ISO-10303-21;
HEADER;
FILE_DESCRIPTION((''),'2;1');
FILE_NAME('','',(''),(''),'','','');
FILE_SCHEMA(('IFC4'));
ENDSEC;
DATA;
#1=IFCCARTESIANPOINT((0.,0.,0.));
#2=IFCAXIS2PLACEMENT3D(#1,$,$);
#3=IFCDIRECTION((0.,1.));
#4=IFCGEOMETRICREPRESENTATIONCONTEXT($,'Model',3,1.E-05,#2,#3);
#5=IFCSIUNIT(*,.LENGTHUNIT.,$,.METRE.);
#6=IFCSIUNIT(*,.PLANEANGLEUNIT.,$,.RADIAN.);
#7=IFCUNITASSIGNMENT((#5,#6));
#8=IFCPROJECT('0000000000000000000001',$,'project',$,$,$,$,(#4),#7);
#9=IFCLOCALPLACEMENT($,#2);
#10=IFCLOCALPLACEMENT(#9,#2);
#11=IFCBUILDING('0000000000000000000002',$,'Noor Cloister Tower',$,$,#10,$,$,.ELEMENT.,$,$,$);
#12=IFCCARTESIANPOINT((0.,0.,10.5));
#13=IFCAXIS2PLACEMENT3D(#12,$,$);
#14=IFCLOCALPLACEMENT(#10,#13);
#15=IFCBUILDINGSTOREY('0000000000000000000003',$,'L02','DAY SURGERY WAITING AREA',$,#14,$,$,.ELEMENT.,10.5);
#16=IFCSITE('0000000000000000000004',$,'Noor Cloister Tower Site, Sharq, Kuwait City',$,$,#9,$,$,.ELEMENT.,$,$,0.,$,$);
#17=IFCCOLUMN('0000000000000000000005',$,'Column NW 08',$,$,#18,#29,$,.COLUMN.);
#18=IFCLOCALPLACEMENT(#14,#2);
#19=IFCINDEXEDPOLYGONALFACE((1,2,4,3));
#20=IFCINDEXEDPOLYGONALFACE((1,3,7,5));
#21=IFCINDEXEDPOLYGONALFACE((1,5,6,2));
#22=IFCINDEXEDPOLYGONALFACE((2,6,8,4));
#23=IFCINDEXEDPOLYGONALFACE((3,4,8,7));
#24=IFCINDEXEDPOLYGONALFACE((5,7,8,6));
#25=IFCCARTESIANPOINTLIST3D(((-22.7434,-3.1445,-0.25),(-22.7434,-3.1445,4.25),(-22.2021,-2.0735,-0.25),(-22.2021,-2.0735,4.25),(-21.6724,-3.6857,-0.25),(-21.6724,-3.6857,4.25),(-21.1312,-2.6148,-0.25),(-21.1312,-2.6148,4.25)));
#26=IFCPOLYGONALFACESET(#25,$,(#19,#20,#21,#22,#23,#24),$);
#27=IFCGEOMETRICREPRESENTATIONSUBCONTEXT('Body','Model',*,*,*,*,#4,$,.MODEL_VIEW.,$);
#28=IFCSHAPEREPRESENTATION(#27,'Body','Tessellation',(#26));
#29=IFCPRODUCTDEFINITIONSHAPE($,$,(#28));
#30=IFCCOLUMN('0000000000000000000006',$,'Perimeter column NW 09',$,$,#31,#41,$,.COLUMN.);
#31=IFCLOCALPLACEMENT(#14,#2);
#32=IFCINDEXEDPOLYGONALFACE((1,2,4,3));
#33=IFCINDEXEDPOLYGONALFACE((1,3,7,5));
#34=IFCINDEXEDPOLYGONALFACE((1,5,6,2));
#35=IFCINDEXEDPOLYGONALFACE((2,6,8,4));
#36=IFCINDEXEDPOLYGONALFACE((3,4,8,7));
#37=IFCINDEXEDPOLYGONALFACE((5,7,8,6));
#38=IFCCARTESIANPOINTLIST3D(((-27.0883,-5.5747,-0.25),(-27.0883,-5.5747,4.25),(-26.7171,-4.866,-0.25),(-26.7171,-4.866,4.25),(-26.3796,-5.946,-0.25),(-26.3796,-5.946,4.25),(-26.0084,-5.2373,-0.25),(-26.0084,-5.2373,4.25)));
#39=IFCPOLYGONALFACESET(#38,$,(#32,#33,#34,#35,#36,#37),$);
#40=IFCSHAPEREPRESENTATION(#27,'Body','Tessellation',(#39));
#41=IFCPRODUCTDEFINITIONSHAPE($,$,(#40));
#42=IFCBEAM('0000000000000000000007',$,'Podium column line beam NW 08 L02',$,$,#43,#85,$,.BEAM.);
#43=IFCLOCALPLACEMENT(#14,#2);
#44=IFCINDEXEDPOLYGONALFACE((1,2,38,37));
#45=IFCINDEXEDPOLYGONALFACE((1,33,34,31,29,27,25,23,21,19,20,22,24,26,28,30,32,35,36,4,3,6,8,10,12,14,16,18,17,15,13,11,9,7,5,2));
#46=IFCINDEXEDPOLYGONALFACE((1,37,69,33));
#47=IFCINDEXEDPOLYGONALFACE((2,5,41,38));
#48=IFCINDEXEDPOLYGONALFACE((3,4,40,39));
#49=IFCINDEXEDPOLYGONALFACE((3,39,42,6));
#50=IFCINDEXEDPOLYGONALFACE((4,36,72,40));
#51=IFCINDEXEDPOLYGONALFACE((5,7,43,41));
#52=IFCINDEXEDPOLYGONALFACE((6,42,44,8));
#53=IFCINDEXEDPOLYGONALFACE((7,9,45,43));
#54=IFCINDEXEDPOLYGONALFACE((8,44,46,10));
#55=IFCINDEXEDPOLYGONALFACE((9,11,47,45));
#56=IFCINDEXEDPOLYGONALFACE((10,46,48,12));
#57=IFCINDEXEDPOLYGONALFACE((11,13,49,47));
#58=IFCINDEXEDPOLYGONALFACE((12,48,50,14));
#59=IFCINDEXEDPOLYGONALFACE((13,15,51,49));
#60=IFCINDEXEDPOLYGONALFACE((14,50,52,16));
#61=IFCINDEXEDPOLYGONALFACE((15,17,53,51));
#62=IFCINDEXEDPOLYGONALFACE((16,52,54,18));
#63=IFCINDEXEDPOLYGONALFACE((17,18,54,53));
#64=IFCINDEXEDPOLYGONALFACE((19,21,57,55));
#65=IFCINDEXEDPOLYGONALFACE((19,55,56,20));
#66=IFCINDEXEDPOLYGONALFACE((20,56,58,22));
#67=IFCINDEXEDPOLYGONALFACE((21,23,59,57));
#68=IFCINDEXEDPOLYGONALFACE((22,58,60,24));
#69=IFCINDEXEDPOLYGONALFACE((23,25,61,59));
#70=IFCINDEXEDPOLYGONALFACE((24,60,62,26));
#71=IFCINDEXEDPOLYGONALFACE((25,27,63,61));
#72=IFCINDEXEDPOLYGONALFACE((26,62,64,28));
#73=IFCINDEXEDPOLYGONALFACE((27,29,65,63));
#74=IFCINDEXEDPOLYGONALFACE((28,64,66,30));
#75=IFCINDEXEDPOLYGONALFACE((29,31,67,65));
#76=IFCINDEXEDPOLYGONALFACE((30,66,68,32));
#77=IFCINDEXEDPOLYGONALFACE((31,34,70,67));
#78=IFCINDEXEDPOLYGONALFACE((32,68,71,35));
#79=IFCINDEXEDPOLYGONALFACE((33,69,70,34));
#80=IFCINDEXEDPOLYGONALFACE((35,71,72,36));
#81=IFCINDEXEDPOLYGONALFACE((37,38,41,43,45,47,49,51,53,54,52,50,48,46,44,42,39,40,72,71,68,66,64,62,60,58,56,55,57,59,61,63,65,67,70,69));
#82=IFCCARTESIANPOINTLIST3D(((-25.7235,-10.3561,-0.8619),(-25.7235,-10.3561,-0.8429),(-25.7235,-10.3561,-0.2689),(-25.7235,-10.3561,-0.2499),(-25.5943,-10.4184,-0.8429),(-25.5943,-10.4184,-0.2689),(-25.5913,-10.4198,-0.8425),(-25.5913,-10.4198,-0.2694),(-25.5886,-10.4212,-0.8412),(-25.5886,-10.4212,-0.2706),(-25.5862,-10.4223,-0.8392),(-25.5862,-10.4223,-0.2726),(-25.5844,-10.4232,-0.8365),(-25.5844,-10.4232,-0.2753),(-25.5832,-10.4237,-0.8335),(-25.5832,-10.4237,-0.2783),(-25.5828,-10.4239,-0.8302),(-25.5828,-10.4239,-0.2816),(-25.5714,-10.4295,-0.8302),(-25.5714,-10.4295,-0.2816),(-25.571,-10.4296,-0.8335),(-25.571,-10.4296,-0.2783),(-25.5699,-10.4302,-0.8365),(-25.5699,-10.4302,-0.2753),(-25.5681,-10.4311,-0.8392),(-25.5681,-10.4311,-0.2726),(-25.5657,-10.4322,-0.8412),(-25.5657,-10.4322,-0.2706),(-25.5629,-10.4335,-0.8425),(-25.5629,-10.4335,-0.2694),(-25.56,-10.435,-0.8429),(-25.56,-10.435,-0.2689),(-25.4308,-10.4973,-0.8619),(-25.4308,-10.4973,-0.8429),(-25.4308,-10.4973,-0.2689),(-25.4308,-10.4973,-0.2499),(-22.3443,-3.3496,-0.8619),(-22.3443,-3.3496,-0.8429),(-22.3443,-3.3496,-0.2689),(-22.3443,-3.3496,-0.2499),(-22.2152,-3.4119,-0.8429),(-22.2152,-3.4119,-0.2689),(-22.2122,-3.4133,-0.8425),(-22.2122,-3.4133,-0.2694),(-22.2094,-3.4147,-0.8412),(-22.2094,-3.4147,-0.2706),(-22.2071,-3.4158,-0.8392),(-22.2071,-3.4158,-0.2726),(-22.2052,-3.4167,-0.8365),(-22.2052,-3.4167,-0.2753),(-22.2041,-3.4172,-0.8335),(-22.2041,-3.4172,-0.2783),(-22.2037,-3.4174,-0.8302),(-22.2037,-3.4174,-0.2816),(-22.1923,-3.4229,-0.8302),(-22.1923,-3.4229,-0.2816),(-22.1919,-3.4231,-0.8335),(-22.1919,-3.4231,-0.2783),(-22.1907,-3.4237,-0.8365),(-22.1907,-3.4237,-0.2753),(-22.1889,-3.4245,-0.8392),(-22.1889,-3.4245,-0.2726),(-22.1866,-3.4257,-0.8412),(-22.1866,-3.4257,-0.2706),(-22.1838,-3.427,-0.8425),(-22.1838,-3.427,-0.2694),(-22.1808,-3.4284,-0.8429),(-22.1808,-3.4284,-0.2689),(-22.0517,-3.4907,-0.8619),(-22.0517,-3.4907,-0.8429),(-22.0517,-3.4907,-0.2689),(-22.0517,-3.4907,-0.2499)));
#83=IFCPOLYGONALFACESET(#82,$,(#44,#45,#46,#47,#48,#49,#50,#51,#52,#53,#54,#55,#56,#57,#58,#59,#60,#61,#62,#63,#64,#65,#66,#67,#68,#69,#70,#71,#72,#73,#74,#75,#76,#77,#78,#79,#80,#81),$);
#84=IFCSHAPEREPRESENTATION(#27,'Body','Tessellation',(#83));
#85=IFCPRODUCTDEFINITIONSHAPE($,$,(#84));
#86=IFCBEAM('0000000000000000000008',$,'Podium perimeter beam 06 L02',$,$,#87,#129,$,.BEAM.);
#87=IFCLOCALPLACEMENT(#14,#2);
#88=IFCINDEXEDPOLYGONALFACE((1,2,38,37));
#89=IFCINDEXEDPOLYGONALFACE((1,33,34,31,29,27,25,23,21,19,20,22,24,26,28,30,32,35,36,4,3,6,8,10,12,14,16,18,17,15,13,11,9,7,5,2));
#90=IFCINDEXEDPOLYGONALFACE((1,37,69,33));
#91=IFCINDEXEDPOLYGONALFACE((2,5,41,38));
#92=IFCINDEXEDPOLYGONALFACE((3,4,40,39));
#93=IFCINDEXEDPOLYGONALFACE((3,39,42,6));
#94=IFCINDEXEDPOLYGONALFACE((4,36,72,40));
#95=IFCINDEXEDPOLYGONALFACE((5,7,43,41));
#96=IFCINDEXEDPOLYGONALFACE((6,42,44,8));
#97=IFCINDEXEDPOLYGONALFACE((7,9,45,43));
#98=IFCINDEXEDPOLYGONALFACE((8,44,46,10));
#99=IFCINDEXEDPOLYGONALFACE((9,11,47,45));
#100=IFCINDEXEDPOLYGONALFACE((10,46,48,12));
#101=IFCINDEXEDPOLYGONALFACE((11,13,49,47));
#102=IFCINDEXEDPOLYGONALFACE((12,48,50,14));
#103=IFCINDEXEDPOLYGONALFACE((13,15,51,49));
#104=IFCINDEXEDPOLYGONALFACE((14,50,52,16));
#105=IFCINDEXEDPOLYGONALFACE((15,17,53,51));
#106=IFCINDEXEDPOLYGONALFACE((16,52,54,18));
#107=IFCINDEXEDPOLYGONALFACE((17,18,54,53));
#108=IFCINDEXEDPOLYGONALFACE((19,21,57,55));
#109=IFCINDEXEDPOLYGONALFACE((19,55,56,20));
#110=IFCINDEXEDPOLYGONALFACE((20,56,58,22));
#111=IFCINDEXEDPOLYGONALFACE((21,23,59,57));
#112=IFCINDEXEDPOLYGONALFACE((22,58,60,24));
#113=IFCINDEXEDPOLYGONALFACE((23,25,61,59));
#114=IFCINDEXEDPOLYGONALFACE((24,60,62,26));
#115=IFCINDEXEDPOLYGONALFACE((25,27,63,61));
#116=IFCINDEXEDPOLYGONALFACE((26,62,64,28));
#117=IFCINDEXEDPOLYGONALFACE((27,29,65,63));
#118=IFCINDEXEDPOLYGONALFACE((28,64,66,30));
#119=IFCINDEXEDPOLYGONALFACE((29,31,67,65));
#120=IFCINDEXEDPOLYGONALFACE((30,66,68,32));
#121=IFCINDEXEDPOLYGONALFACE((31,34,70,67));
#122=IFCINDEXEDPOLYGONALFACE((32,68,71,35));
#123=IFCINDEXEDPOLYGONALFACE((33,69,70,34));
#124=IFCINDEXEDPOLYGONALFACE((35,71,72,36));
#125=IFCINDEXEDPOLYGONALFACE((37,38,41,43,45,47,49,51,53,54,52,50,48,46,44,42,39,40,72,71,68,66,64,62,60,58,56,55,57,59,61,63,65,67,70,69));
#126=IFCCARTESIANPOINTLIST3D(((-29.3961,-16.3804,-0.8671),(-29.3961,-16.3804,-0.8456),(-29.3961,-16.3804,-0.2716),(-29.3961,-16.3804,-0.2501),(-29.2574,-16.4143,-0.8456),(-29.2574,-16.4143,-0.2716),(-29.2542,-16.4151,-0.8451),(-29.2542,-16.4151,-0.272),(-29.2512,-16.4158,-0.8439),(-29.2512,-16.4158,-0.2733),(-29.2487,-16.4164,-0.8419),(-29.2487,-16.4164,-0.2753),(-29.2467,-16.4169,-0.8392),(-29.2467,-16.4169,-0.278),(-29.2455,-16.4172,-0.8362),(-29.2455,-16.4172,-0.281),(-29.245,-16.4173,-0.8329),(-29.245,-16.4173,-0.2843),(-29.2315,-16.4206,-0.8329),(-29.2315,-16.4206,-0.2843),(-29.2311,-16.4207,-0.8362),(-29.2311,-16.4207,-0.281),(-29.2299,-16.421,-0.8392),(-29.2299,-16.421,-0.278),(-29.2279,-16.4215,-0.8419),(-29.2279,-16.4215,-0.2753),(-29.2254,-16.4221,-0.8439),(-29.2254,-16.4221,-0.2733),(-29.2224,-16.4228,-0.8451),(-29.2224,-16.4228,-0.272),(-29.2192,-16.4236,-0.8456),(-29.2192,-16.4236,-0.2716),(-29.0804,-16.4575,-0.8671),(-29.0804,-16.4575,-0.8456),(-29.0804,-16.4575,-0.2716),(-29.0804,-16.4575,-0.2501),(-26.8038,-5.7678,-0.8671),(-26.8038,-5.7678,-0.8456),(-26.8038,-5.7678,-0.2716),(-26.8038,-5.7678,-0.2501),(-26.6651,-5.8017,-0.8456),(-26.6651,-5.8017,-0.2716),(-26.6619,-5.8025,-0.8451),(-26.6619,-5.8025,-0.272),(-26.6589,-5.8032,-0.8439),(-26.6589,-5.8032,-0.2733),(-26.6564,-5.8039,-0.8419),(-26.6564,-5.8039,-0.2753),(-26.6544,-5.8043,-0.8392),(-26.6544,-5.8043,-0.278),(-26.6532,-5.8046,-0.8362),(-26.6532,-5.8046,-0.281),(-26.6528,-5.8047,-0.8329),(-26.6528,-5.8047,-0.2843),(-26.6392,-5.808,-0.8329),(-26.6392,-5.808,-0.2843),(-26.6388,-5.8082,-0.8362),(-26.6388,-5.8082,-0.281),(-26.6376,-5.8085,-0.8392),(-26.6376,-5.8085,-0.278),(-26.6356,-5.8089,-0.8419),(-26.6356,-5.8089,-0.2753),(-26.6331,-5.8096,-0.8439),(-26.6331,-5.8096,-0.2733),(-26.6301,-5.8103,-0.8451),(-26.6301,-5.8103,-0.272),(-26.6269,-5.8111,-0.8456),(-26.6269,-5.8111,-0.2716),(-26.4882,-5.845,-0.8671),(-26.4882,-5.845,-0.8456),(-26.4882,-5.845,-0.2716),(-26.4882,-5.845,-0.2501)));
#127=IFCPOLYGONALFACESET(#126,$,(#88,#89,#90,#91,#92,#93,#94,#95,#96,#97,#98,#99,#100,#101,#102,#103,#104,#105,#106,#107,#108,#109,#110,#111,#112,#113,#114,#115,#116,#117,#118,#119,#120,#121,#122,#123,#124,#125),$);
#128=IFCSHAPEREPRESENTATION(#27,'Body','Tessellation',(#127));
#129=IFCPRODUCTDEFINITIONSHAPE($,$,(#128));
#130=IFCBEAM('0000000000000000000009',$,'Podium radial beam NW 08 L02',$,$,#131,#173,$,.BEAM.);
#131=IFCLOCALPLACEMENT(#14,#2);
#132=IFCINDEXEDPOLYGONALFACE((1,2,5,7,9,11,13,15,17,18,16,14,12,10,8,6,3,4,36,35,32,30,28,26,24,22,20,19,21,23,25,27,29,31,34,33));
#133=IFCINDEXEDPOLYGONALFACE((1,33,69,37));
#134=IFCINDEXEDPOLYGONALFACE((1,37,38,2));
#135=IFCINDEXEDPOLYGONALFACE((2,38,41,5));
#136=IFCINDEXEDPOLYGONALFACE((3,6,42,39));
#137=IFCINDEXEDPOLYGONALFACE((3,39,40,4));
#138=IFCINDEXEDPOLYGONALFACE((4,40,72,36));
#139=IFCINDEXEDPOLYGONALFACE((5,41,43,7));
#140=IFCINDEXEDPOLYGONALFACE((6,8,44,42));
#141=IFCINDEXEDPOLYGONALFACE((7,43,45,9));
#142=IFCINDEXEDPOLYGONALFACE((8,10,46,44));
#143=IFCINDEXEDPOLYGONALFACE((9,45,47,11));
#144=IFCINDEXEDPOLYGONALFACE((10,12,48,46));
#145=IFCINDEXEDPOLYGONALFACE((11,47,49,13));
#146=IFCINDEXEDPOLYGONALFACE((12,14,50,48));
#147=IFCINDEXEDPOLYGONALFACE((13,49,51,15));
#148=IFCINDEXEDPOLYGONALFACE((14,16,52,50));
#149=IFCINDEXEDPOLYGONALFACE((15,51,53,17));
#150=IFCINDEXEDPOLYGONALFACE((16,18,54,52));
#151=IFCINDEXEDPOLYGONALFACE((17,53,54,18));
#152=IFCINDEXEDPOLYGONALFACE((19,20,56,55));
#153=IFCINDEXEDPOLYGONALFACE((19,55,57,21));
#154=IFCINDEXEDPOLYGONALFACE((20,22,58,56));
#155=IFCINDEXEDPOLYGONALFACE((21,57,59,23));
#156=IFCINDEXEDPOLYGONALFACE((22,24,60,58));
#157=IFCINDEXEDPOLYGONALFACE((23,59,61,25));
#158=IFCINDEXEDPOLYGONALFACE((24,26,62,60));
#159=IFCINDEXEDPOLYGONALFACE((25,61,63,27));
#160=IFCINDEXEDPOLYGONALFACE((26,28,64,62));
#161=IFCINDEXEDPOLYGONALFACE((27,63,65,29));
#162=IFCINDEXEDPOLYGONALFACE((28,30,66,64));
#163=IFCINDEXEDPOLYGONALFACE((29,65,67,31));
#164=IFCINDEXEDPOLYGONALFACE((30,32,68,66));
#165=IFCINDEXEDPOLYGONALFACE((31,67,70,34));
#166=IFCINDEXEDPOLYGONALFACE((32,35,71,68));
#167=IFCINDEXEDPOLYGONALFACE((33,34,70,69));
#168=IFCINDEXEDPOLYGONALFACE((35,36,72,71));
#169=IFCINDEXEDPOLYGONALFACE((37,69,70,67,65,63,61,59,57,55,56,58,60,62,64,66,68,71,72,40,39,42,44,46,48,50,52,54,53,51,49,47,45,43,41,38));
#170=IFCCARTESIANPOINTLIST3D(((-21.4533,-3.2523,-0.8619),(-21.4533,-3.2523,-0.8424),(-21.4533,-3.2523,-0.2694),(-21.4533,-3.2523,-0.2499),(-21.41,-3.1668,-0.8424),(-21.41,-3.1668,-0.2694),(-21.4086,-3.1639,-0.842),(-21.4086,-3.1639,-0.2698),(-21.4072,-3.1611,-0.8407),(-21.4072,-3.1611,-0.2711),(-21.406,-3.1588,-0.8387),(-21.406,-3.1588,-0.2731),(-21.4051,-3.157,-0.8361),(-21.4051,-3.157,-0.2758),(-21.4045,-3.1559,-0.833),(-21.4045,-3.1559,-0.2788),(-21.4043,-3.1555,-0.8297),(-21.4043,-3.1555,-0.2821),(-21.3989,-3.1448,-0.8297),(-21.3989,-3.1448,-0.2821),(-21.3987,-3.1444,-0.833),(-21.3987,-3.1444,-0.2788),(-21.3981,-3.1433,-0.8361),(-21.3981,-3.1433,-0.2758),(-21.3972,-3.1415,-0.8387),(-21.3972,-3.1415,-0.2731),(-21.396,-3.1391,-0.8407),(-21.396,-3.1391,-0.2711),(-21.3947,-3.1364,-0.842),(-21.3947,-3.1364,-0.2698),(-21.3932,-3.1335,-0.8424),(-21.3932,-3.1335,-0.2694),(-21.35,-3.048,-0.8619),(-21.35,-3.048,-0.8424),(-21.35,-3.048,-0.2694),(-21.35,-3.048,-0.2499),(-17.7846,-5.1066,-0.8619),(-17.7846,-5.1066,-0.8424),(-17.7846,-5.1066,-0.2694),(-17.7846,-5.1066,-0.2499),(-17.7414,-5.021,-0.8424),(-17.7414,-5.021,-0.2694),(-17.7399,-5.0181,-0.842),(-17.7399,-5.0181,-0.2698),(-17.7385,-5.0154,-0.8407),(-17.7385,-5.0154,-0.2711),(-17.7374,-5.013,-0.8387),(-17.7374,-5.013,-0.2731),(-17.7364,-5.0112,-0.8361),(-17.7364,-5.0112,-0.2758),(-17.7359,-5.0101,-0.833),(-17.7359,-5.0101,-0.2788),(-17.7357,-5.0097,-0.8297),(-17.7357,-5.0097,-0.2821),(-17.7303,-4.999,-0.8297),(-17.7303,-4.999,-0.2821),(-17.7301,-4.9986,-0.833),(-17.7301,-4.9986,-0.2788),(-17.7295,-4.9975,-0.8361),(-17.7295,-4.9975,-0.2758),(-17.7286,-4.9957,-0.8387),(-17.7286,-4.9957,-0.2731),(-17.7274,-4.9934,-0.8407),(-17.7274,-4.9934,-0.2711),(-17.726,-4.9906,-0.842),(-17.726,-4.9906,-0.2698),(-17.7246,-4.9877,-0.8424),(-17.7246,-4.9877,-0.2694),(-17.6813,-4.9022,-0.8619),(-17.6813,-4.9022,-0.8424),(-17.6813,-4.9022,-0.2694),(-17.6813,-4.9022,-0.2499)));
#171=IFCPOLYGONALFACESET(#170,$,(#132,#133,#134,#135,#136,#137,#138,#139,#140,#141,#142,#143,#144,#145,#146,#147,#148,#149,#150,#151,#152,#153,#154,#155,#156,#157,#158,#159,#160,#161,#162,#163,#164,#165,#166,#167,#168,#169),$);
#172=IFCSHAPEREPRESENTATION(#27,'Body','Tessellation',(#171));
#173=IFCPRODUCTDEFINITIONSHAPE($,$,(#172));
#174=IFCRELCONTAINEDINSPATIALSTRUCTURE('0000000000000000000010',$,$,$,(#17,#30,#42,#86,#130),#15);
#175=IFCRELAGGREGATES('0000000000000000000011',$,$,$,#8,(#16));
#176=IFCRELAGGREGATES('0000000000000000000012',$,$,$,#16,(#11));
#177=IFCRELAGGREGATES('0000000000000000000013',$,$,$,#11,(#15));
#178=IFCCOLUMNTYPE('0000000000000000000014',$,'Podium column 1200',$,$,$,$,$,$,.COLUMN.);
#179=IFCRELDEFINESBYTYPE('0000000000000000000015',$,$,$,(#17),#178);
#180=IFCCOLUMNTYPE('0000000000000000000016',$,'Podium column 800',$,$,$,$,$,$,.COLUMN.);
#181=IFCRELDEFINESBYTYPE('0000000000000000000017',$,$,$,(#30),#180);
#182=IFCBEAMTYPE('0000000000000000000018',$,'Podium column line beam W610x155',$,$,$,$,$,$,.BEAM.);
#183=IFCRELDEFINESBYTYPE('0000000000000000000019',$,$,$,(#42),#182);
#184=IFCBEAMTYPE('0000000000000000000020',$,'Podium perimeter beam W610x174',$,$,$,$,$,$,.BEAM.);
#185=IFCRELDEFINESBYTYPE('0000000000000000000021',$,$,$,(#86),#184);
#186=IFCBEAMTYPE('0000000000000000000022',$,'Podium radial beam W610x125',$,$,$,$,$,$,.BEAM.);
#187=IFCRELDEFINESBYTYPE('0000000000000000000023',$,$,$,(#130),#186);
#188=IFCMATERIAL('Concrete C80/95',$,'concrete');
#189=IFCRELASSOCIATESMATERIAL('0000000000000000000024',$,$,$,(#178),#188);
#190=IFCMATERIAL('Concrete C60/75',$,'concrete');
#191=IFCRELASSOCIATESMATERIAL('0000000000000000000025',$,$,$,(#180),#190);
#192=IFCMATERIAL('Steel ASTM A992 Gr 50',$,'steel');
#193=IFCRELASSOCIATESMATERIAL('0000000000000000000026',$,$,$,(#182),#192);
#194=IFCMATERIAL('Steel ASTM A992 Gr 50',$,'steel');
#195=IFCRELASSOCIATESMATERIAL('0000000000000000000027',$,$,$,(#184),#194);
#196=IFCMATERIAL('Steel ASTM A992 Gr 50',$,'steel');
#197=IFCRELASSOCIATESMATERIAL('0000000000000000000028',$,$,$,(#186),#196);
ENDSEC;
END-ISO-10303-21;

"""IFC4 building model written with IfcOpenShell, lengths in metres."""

from ifc_helpers import new_model, si_unit, direction, frame, origin, origin_2d, place, context, subcontext, project, spatial, rectangle, i_section, extrude, material, material_profile, profile_set, type_object, element, save


model = new_model("IFC4")

# Units and contexts
model_context = context("Model", 3, precision=1e-05, world=origin(), true_north=direction((0.0, 1.0)))
body_context = subcontext(model_context, "Body", "Model", "MODEL_VIEW")
ifc_project = project(units=[si_unit("LENGTHUNIT", "METRE"), si_unit("PLANEANGLEUNIT", "RADIAN")], contexts=[model_context])

# Site, building, storey
site_placement = place(None, origin())
site = spatial("IfcSite", under=ifc_project, at=site_placement, Name="Noor Cloister Tower Site, Sharq, Kuwait City", CompositionType="ELEMENT", RefElevation=0.0)
building_placement = place(site_placement, origin())
building = spatial("IfcBuilding", under=site, at=building_placement, Name="Noor Cloister Tower", CompositionType="ELEMENT")
storey_placement = place(building_placement, frame((0.0, 0.0, 10.5)))
storey = spatial("IfcBuildingStorey", under=building, at=storey_placement, Name="L02", Description="DAY SURGERY WAITING AREA", CompositionType="ELEMENT", Elevation=10.5)

# Columns
ifc_material_1 = material(Name="Concrete C80/95", Category="concrete")
ifc_material_profile_1 = material_profile(ifc_material_1, rectangle(XDim=1.2, YDim=1.2, at=origin_2d()), Name="Podium column 1200")
ifc_profile_set_1 = profile_set([ifc_material_profile_1], Name="Concrete C80/95")
column_type_1 = type_object("IfcColumnType", Name="Podium column 1200", PredefinedType="COLUMN", material=ifc_profile_set_1)
column_1_placement = place(storey_placement, frame((-21.9373, -2.8796, -0.25), z_axis=(0.0, 0.0, 1.0), x_axis=(-0.892501, 0.451046, 0.0)))
element("IfcColumn", 1, at=column_1_placement, inside=storey, type_object=column_type_1, Name="Column NW 08", PredefinedType="COLUMN", context=body_context, shape_type="SweptSolid", body=[
    extrude(rectangle(XDim=1.2, YDim=1.2, at=origin_2d()), origin(), (0.0, 0.0, 1.0), 4.5),
])
ifc_material_2 = material(Name="Concrete C60/75", Category="concrete")
ifc_material_profile_2 = material_profile(ifc_material_2, rectangle(XDim=0.8, YDim=0.8, at=origin_2d()), Name="Podium column 800")
ifc_profile_set_2 = profile_set([ifc_material_profile_2], Name="Concrete C60/75")
column_type_2 = type_object("IfcColumnType", Name="Podium column 800", PredefinedType="COLUMN", material=ifc_profile_set_2)
column_2_placement = place(storey_placement, frame((-26.5483, -5.406, -0.25), z_axis=(0.0, 0.0, 1.0), x_axis=(-0.885828, 0.464014, 0.0)))
element("IfcColumn", 2, at=column_2_placement, inside=storey, type_object=column_type_2, Name="Perimeter column NW 09", PredefinedType="COLUMN", context=body_context, shape_type="SweptSolid", body=[
    extrude(rectangle(XDim=0.8, YDim=0.8, at=origin_2d()), origin(), (0.0, 0.0, 1.0), 4.5),
])

# Beams
ifc_material_3 = material(Name="Steel ASTM A992 Gr 50", Category="steel")
ifc_material_profile_3 = material_profile(ifc_material_3, i_section(OverallWidth=0.325, OverallDepth=0.6121, WebThickness=0.0127, FlangeThickness=0.019, FilletRadius=0.0127, at=origin_2d()), Name="W610x155")
ifc_profile_set_3 = profile_set([ifc_material_profile_3], Name="Steel ASTM A992 Gr 50")
beam_type_1 = type_object("IfcBeamType", Name="Podium column line beam W610x155", PredefinedType="BEAM", material=ifc_profile_set_3)
beam_1_placement = place(storey_placement, frame((-22.198, -3.4202, -0.5559), z_axis=(-0.434401, -0.90072, 0.0), x_axis=(0.90072, -0.434401, 0.0)))
element("IfcBeam", 3, at=beam_1_placement, inside=storey, type_object=beam_type_1, Name="Podium column line beam NW 08 L02", PredefinedType="BEAM", context=body_context, shape_type="SweptSolid", body=[
    extrude(i_section(OverallWidth=0.325, OverallDepth=0.6121, WebThickness=0.0127, FlangeThickness=0.019, FilletRadius=0.0127, at=origin_2d()), origin(), (0.0, 0.0, 1.0), 7.7788),
])
ifc_material_4 = material(Name="Steel ASTM A992 Gr 50", Category="steel")
ifc_material_profile_4 = material_profile(ifc_material_4, i_section(OverallWidth=0.325, OverallDepth=0.6169, WebThickness=0.0139, FlangeThickness=0.0215, FilletRadius=0.0127, at=origin_2d()), Name="W610x174")
ifc_profile_set_4 = profile_set([ifc_material_profile_4], Name="Steel ASTM A992 Gr 50")
beam_type_2 = type_object("IfcBeamType", Name="Podium perimeter beam W610x174", PredefinedType="BEAM", material=ifc_profile_set_4)
beam_2_placement = place(storey_placement, frame((-26.646, -5.8064, -0.5586), z_axis=(-0.23729, -0.971439, 0.0), x_axis=(0.971439, -0.23729, 0.0)))
element("IfcBeam", 4, at=beam_2_placement, inside=storey, type_object=beam_type_2, Name="Podium perimeter beam 06 L02", PredefinedType="BEAM", context=body_context, shape_type="SweptSolid", body=[
    extrude(i_section(OverallWidth=0.325, OverallDepth=0.6169, WebThickness=0.0139, FlangeThickness=0.0215, FilletRadius=0.0127, at=origin_2d()), origin(), (0.0, 0.0, 1.0), 10.9246),
])
ifc_material_5 = material(Name="Steel ASTM A992 Gr 50", Category="steel")
ifc_material_profile_5 = material_profile(ifc_material_5, i_section(OverallWidth=0.229, OverallDepth=0.6121, WebThickness=0.012, FlangeThickness=0.0195, FilletRadius=0.0127, at=origin_2d()), Name="W610x125")
ifc_profile_set_5 = profile_set([ifc_material_profile_5], Name="Steel ASTM A992 Gr 50")
beam_type_3 = type_object("IfcBeamType", Name="Podium radial beam W610x125", PredefinedType="BEAM", material=ifc_profile_set_5)
beam_3_placement = place(storey_placement, frame((-21.4016, -3.1501, -0.5559), z_axis=(0.892483, -0.451082, 0.0), x_axis=(0.451082, 0.892483, 0.0)))
element("IfcBeam", 5, at=beam_3_placement, inside=storey, type_object=beam_type_3, Name="Podium radial beam NW 08 L02", PredefinedType="BEAM", context=body_context, shape_type="SweptSolid", body=[
    extrude(i_section(OverallWidth=0.229, OverallDepth=0.6121, WebThickness=0.012, FlangeThickness=0.0195, FilletRadius=0.0127, at=origin_2d()), origin(), (0.0, 0.0, 1.0), 4.1106),
])

save(model, "model.ifc")
